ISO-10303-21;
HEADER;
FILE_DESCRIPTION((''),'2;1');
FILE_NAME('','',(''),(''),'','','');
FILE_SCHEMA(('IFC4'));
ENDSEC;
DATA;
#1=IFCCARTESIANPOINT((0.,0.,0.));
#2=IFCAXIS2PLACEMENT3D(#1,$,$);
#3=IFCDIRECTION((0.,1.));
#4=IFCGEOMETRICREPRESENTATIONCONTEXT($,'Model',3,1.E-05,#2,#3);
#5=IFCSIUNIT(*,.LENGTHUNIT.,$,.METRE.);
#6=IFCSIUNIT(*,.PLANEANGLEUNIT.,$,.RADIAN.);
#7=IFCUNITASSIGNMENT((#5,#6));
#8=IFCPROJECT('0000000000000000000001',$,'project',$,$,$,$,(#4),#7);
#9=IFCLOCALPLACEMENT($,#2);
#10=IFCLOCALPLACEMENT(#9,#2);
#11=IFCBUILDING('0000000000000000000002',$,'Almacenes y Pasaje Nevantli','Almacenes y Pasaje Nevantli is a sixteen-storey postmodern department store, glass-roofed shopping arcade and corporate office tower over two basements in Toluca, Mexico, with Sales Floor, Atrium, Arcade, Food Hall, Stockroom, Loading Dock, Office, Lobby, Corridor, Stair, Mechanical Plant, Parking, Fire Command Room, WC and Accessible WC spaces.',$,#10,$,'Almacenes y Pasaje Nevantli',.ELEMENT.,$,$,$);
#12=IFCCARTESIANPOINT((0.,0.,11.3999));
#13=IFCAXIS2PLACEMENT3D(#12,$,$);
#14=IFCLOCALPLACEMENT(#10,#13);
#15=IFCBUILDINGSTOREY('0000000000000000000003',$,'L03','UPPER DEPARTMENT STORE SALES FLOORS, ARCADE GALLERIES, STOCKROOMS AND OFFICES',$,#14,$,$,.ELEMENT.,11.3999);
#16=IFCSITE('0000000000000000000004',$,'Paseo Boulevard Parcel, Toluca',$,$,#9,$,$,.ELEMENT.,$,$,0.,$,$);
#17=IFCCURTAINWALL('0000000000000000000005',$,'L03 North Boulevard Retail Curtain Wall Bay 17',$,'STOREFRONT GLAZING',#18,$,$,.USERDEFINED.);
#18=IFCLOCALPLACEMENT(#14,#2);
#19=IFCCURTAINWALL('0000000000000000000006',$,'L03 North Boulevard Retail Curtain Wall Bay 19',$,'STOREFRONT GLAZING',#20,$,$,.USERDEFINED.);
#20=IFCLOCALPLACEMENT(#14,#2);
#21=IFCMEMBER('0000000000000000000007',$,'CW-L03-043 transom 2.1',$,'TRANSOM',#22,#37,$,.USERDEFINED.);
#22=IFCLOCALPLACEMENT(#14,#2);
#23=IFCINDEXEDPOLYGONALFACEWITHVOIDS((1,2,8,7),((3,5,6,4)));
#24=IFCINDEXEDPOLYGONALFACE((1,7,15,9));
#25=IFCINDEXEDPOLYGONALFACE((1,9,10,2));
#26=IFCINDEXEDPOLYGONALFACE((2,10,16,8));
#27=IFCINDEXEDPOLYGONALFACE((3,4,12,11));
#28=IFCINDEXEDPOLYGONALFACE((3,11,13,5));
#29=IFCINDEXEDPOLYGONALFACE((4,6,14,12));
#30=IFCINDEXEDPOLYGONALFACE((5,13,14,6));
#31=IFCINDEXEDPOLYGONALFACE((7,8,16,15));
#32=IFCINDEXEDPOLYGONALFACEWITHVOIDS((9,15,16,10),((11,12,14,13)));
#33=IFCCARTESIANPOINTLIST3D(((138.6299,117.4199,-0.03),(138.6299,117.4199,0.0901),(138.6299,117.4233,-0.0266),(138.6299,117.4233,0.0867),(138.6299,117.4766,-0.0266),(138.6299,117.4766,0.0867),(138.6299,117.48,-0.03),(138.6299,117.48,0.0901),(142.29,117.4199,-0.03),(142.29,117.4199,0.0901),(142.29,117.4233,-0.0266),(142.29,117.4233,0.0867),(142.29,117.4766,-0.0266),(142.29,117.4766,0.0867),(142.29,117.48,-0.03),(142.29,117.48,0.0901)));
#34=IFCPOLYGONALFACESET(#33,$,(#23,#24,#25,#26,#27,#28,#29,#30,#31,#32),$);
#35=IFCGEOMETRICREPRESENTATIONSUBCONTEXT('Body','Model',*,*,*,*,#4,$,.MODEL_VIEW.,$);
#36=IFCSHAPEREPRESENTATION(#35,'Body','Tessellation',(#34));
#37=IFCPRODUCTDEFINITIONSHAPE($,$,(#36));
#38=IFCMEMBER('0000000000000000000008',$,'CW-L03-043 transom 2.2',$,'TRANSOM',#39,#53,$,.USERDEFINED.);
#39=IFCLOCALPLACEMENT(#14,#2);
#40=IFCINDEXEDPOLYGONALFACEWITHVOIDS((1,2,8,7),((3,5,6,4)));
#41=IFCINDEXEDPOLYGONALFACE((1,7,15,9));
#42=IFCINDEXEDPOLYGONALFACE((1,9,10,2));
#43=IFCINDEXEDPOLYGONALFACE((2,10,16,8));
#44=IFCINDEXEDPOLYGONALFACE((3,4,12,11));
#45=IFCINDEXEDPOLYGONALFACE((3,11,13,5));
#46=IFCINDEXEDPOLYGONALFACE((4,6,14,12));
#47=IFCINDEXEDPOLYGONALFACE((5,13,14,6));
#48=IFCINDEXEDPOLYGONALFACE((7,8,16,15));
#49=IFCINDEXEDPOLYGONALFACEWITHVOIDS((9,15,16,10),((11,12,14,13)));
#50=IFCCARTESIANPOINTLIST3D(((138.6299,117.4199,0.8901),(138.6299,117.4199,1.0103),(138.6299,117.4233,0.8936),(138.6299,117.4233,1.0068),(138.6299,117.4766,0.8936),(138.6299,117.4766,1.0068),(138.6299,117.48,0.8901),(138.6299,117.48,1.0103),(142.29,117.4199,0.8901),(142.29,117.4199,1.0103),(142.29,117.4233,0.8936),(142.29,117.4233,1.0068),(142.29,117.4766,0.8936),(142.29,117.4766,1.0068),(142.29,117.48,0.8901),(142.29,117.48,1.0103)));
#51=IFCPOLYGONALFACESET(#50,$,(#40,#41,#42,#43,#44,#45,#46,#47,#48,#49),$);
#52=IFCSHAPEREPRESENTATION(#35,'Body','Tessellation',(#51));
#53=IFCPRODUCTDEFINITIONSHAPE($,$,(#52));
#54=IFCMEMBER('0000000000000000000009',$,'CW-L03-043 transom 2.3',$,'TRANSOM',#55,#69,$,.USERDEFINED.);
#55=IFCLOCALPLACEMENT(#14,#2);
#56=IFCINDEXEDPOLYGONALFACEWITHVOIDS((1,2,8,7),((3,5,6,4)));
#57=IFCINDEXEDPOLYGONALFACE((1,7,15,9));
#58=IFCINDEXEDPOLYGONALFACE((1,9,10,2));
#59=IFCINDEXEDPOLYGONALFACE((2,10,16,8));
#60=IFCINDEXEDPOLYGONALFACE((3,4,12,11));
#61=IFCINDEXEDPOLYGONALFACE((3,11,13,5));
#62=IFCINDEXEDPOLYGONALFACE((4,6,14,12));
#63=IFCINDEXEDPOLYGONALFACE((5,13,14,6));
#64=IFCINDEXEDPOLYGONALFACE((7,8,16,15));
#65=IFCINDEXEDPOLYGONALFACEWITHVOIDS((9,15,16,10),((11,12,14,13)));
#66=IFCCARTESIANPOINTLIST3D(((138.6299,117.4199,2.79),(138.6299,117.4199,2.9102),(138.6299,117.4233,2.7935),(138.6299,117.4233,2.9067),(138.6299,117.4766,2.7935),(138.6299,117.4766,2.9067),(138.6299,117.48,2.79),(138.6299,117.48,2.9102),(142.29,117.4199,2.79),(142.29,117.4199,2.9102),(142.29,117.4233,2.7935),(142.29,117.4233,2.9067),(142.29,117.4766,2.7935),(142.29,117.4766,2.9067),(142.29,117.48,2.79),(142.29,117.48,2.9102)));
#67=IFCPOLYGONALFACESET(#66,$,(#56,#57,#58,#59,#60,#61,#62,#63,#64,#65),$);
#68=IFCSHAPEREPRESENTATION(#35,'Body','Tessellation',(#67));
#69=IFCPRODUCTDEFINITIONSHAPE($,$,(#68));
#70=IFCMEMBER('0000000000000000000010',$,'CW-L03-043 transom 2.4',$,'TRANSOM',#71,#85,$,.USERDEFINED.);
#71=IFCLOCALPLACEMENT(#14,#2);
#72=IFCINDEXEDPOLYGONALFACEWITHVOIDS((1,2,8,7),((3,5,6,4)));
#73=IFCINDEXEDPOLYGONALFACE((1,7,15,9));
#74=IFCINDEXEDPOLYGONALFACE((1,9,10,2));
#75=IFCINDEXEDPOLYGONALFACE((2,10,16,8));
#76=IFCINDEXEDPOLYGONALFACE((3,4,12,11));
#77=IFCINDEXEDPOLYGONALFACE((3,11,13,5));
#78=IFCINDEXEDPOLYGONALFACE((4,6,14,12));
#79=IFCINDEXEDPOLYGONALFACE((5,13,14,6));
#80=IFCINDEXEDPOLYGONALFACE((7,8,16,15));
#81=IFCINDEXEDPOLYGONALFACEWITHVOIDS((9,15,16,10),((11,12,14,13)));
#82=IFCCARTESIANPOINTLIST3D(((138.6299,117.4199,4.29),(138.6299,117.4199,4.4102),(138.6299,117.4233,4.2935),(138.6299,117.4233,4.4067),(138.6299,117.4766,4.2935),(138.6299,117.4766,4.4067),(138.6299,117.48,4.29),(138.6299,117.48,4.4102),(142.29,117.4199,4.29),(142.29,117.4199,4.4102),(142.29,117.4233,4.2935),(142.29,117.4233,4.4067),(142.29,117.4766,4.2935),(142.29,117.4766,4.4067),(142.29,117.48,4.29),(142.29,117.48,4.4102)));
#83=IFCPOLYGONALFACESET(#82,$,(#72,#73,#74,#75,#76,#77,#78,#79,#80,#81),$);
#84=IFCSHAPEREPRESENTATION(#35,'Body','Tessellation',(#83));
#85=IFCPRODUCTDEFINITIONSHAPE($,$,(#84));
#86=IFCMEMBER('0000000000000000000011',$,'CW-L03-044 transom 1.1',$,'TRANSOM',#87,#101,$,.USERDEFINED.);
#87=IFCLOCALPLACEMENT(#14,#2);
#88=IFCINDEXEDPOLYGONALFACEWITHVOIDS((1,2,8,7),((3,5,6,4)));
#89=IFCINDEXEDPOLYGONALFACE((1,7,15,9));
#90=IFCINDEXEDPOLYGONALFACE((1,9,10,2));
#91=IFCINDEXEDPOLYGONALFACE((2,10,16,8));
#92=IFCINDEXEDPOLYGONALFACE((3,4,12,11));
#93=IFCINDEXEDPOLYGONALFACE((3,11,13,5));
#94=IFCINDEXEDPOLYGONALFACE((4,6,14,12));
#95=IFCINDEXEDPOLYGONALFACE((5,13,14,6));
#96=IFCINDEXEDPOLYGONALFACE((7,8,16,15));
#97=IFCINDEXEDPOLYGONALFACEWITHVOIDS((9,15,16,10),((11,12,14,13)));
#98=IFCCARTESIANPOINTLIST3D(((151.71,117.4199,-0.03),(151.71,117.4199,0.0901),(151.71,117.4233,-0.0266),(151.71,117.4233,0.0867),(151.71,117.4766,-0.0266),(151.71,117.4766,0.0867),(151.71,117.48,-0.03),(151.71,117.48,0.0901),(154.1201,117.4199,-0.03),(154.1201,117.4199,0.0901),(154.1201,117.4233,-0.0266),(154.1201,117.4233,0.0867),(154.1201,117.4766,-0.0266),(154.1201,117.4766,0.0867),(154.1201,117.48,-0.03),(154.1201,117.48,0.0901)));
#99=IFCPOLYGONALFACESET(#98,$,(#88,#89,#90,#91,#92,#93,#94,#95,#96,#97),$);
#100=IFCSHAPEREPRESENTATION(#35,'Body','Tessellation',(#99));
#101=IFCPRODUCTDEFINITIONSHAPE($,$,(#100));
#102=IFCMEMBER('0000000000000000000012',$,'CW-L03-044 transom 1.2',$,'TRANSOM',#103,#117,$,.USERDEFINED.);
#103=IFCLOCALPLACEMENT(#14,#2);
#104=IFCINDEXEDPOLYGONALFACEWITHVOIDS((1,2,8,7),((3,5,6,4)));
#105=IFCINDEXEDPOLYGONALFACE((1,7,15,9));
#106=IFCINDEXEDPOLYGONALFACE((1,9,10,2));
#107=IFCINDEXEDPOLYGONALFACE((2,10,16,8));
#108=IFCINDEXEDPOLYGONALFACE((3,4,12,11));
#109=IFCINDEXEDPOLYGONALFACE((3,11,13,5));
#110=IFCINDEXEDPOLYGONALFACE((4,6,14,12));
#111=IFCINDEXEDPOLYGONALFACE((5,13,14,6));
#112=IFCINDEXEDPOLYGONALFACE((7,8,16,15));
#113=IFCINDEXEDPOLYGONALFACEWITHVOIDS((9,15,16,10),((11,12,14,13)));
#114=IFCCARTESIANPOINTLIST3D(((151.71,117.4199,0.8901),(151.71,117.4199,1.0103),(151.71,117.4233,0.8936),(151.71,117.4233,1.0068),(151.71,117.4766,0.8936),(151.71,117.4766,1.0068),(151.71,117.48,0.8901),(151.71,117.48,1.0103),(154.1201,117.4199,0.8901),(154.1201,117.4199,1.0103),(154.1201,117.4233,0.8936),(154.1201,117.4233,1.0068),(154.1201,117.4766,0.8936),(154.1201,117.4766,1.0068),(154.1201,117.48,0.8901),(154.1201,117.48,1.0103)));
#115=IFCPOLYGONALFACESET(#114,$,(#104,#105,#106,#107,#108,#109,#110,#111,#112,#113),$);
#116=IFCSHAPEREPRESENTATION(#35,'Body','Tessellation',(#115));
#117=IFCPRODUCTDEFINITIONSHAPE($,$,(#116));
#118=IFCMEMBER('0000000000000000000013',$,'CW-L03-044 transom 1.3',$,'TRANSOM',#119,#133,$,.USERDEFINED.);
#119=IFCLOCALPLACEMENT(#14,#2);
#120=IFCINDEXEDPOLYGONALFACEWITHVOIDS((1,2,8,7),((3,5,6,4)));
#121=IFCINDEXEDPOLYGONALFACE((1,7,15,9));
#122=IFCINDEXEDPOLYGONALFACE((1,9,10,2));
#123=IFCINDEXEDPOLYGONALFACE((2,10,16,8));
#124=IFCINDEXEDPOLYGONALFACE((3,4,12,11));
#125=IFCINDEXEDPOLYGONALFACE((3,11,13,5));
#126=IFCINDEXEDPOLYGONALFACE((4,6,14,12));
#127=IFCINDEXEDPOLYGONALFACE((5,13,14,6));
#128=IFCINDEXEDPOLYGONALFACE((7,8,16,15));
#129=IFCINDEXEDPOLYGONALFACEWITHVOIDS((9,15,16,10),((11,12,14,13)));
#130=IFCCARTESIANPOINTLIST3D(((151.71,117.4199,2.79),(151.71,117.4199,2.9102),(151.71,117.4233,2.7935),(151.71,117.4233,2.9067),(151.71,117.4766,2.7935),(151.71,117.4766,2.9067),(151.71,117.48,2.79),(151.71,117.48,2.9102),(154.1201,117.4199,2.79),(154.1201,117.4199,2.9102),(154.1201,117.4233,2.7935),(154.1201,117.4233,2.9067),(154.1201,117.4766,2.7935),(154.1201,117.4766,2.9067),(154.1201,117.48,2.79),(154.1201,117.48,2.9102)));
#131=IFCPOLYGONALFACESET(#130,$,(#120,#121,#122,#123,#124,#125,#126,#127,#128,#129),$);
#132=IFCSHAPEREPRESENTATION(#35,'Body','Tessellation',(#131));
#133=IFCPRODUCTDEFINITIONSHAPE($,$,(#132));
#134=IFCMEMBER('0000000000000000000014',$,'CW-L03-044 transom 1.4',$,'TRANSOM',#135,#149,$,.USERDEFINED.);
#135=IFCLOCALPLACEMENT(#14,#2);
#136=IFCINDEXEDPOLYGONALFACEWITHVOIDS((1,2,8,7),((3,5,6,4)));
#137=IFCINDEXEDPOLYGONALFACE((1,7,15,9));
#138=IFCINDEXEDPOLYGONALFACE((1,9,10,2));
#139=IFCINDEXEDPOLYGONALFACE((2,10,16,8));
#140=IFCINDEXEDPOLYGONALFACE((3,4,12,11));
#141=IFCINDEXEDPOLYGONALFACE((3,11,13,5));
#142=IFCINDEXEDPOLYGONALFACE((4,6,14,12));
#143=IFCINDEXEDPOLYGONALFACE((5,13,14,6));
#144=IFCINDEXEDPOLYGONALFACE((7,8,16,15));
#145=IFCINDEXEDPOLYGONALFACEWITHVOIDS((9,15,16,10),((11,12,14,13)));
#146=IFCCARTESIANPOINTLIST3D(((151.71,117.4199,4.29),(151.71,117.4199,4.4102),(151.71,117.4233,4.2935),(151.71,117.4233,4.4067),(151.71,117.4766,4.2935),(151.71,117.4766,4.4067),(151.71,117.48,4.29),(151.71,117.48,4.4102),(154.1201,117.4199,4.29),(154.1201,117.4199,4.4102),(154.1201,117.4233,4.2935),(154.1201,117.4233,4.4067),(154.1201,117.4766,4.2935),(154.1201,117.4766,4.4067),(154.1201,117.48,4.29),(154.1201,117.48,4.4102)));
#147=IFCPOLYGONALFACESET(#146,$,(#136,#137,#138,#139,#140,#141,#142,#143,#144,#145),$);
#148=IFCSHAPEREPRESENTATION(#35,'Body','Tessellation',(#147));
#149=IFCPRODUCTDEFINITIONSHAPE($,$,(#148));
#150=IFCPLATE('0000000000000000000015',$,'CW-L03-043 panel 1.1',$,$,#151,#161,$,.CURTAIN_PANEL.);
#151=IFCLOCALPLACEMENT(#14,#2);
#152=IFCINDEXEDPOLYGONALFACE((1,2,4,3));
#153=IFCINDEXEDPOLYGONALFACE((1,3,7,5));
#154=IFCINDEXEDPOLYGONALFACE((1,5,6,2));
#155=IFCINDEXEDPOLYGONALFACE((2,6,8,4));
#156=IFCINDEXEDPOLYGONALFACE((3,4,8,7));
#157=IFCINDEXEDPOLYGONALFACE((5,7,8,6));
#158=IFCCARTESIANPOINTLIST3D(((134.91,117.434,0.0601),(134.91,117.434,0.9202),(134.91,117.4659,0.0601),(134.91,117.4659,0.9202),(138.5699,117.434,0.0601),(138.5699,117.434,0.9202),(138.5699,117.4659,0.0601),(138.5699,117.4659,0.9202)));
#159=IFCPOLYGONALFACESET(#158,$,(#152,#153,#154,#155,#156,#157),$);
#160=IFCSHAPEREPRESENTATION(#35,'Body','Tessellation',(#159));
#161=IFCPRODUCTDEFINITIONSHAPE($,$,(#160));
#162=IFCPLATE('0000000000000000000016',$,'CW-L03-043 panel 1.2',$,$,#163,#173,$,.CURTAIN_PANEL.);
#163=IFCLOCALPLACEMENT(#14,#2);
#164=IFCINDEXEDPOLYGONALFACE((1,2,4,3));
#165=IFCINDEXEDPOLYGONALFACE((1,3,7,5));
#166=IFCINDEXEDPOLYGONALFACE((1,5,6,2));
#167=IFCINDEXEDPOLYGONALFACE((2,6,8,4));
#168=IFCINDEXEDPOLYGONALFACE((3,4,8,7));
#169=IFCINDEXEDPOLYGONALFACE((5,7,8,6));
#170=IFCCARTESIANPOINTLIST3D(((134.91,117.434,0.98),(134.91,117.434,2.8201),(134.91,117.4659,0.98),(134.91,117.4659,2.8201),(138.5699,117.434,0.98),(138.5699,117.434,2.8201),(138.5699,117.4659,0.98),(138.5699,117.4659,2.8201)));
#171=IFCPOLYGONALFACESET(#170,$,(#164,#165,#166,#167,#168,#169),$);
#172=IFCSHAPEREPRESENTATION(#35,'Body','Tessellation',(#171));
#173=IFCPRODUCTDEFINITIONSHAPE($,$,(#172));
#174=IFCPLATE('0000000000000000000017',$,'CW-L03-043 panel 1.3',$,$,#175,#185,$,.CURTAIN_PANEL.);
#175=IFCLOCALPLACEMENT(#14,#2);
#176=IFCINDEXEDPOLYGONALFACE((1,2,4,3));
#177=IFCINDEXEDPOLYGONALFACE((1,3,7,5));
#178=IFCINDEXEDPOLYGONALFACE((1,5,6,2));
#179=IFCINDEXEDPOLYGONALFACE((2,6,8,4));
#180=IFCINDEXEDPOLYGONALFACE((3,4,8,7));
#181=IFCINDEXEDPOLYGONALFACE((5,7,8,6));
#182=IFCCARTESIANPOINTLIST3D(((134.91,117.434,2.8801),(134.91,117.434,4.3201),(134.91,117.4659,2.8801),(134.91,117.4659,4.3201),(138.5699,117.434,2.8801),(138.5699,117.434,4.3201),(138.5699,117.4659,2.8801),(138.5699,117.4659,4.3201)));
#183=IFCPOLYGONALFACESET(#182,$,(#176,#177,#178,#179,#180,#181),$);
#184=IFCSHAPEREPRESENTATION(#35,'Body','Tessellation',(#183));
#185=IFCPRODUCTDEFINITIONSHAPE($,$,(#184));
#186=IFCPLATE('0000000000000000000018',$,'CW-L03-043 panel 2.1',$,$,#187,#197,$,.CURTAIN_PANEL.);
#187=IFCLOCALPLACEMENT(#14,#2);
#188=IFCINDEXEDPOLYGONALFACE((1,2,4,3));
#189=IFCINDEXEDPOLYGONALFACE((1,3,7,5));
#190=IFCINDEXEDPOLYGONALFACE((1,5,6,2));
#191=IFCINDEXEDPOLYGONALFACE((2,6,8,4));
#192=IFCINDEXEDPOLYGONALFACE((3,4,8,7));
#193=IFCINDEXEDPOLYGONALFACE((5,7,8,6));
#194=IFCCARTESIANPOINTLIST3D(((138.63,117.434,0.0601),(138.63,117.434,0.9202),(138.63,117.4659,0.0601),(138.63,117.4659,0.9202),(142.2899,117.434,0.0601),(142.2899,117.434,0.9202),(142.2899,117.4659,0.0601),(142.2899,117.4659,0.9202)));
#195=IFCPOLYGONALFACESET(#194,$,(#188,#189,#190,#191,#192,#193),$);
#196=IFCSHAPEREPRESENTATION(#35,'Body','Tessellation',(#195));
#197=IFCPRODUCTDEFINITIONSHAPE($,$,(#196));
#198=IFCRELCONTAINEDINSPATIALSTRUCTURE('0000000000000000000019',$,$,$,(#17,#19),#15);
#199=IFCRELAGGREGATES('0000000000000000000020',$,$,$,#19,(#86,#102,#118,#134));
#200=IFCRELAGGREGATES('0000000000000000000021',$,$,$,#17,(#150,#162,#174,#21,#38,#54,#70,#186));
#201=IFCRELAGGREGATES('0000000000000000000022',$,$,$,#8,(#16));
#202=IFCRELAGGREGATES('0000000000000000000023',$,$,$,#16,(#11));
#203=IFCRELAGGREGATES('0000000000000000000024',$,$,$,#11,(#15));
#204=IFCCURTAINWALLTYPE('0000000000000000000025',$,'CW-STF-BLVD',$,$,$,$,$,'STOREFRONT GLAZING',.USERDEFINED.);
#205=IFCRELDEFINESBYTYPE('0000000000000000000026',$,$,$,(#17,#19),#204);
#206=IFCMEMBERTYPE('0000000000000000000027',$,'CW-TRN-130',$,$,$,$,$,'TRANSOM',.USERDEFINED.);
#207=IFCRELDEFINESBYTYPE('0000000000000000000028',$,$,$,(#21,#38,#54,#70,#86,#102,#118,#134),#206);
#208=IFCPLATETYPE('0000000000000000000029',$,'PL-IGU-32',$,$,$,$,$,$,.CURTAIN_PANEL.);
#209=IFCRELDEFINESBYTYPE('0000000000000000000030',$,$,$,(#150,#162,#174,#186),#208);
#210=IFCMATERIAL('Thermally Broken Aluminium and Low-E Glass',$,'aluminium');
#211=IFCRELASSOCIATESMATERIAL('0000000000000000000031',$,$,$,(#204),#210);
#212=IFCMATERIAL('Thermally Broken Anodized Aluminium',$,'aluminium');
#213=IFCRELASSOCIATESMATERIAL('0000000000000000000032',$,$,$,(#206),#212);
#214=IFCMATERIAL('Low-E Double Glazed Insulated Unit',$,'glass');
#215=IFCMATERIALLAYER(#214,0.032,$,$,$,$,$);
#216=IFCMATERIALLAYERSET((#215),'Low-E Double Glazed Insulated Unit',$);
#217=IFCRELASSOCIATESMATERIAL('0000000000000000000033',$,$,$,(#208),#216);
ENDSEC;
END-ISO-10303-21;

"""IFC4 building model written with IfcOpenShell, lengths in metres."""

from ifc_helpers import new_model, si_unit, direction, frame, origin, origin_2d, place, context, subcontext, project, spatial, rectangle, hollow_rectangle, extrude, material, layer, layer_set, material_profile, profile_set, type_object, element, aggregate, save


model = new_model("IFC4")

# Units and contexts
model_context = context("Model", 3, precision=1e-05, world=origin(), true_north=direction((0.0, 1.0)))
body_context = subcontext(model_context, "Body", "Model", "MODEL_VIEW")
ifc_project = project(units=[si_unit("LENGTHUNIT", "METRE"), si_unit("PLANEANGLEUNIT", "RADIAN")], contexts=[model_context])

# Site, building, storey
site_placement = place(None, origin())
site = spatial("IfcSite", under=ifc_project, at=site_placement, Name="Paseo Boulevard Parcel, Toluca", CompositionType="ELEMENT", RefElevation=0.0)
building_placement = place(site_placement, origin())
building = spatial("IfcBuilding", under=site, at=building_placement, Name="Almacenes y Pasaje Nevantli", Description="Almacenes y Pasaje Nevantli is a sixteen-storey postmodern department store, glass-roofed shopping arcade and corporate office tower over two basements in Toluca, Mexico, with Sales Floor, Atrium, Arcade, Food Hall, Stockroom, Loading Dock, Office, Lobby, Corridor, Stair, Mechanical Plant, Parking, Fire Command Room, WC and Accessible WC spaces.", LongName="Almacenes y Pasaje Nevantli", CompositionType="ELEMENT")
storey_placement = place(building_placement, frame((0.0, 0.0, 11.3999)))
storey = spatial("IfcBuildingStorey", under=building, at=storey_placement, Name="L03", Description="UPPER DEPARTMENT STORE SALES FLOORS, ARCADE GALLERIES, STOCKROOMS AND OFFICES", CompositionType="ELEMENT", Elevation=11.3999)

# Curtain wall
ifc_material_1 = material(Name="Thermally Broken Aluminium and Low-E Glass", Category="aluminium")
curtain_wall_type = type_object("IfcCurtainWallType", Name="CW-STF-BLVD", ElementType="STOREFRONT GLAZING", PredefinedType="USERDEFINED", material=ifc_material_1)
curtain_wall_1_placement = place(storey_placement, origin())
curtain_wall_1 = element("IfcCurtainWall", 1, at=curtain_wall_1_placement, inside=storey, type_object=curtain_wall_type, Name="L03 North Boulevard Retail Curtain Wall Bay 17", ObjectType="STOREFRONT GLAZING", PredefinedType="USERDEFINED")

# Curtain wall
curtain_wall_2_placement = place(storey_placement, origin())
curtain_wall_2 = element("IfcCurtainWall", 2, at=curtain_wall_2_placement, inside=storey, type_object=curtain_wall_type, Name="L03 North Boulevard Retail Curtain Wall Bay 19", ObjectType="STOREFRONT GLAZING", PredefinedType="USERDEFINED")

# Members
ifc_material_2 = material(Name="Thermally Broken Anodized Aluminium", Category="aluminium")
ifc_material_profile_1 = material_profile(ifc_material_2, hollow_rectangle(XDim=0.0601, YDim=0.1201, WallThickness=0.0034, at=origin_2d()), Name="ALU-TRN-60x120")
ifc_profile_set_1 = profile_set([ifc_material_profile_1], Name="Thermally Broken Anodized Aluminium")
member_type_1 = type_object("IfcMemberType", Name="CW-TRN-130", ElementType="TRANSOM", PredefinedType="USERDEFINED", material=ifc_profile_set_1)
member_1_placement = place(storey_placement, frame((138.6299, 117.45, 0.03), z_axis=(1.0, 0.0, 0.0), x_axis=(0.0, 1.0, 0.0)))
member_1 = element("IfcMember", 3, at=member_1_placement, type_object=member_type_1, Name="CW-L03-043 transom 2.1", ObjectType="TRANSOM", PredefinedType="USERDEFINED", context=body_context, shape_type="SweptSolid", body=[
    extrude(hollow_rectangle(XDim=0.0601, YDim=0.1201, WallThickness=0.0034, at=origin_2d()), origin(), (0.0, 0.0, 1.0), 3.6602),
])
member_2_placement = place(storey_placement, frame((138.6299, 117.45, 0.9502), z_axis=(1.0, 0.0, 0.0), x_axis=(0.0, 1.0, 0.0)))
member_2 = element("IfcMember", 4, at=member_2_placement, type_object=member_type_1, Name="CW-L03-043 transom 2.2", ObjectType="TRANSOM", PredefinedType="USERDEFINED", context=body_context, shape_type="SweptSolid", body=[
    extrude(hollow_rectangle(XDim=0.0601, YDim=0.1201, WallThickness=0.0034, at=origin_2d()), origin(), (0.0, 0.0, 1.0), 3.6602),
])
member_3_placement = place(storey_placement, frame((138.6299, 117.45, 2.8501), z_axis=(1.0, 0.0, 0.0), x_axis=(0.0, 1.0, 0.0)))
member_3 = element("IfcMember", 5, at=member_3_placement, type_object=member_type_1, Name="CW-L03-043 transom 2.3", ObjectType="TRANSOM", PredefinedType="USERDEFINED", context=body_context, shape_type="SweptSolid", body=[
    extrude(hollow_rectangle(XDim=0.0601, YDim=0.1201, WallThickness=0.0034, at=origin_2d()), origin(), (0.0, 0.0, 1.0), 3.6602),
])
member_4_placement = place(storey_placement, frame((138.6299, 117.45, 4.3501), z_axis=(1.0, 0.0, 0.0), x_axis=(0.0, 1.0, 0.0)))
member_4 = element("IfcMember", 6, at=member_4_placement, type_object=member_type_1, Name="CW-L03-043 transom 2.4", ObjectType="TRANSOM", PredefinedType="USERDEFINED", context=body_context, shape_type="SweptSolid", body=[
    extrude(hollow_rectangle(XDim=0.0601, YDim=0.1201, WallThickness=0.0034, at=origin_2d()), origin(), (0.0, 0.0, 1.0), 3.6602),
])
member_5_placement = place(storey_placement, frame((151.71, 117.45, 0.03), z_axis=(1.0, 0.0, 0.0), x_axis=(0.0, 1.0, 0.0)))
member_5 = element("IfcMember", 7, at=member_5_placement, type_object=member_type_1, Name="CW-L03-044 transom 1.1", ObjectType="TRANSOM", PredefinedType="USERDEFINED", context=body_context, shape_type="SweptSolid", body=[
    extrude(hollow_rectangle(XDim=0.0601, YDim=0.1201, WallThickness=0.0034, at=origin_2d()), origin(), (0.0, 0.0, 1.0), 2.4102),
])
member_6_placement = place(storey_placement, frame((151.71, 117.45, 0.9502), z_axis=(1.0, 0.0, 0.0), x_axis=(0.0, 1.0, 0.0)))
member_6 = element("IfcMember", 8, at=member_6_placement, type_object=member_type_1, Name="CW-L03-044 transom 1.2", ObjectType="TRANSOM", PredefinedType="USERDEFINED", context=body_context, shape_type="SweptSolid", body=[
    extrude(hollow_rectangle(XDim=0.0601, YDim=0.1201, WallThickness=0.0034, at=origin_2d()), origin(), (0.0, 0.0, 1.0), 2.4102),
])
member_7_placement = place(storey_placement, frame((151.71, 117.45, 2.8501), z_axis=(1.0, 0.0, 0.0), x_axis=(0.0, 1.0, 0.0)))
member_7 = element("IfcMember", 9, at=member_7_placement, type_object=member_type_1, Name="CW-L03-044 transom 1.3", ObjectType="TRANSOM", PredefinedType="USERDEFINED", context=body_context, shape_type="SweptSolid", body=[
    extrude(hollow_rectangle(XDim=0.0601, YDim=0.1201, WallThickness=0.0034, at=origin_2d()), origin(), (0.0, 0.0, 1.0), 2.4102),
])
member_8_placement = place(storey_placement, frame((151.71, 117.45, 4.3501), z_axis=(1.0, 0.0, 0.0), x_axis=(0.0, 1.0, 0.0)))
member_8 = element("IfcMember", 10, at=member_8_placement, type_object=member_type_1, Name="CW-L03-044 transom 1.4", ObjectType="TRANSOM", PredefinedType="USERDEFINED", context=body_context, shape_type="SweptSolid", body=[
    extrude(hollow_rectangle(XDim=0.0601, YDim=0.1201, WallThickness=0.0034, at=origin_2d()), origin(), (0.0, 0.0, 1.0), 2.4102),
])
aggregate(curtain_wall_2, [member_5, member_6, member_7, member_8])

# Plates
ifc_material_3 = material(Name="Low-E Double Glazed Insulated Unit", Category="glass")
ifc_layer_1 = layer(ifc_material_3, 0.032)
ifc_layer_set_1 = layer_set([ifc_layer_1], Name="Low-E Double Glazed Insulated Unit")
plate_type = type_object("IfcPlateType", Name="PL-IGU-32", PredefinedType="CURTAIN_PANEL", material=ifc_layer_set_1)
plate_1_placement = place(storey_placement, frame((136.74, 117.45, 0.0601), z_axis=(0.0, 0.0, 1.0), x_axis=(1.0, 0.0, 0.0)))
plate_1 = element("IfcPlate", 11, at=plate_1_placement, type_object=plate_type, Name="CW-L03-043 panel 1.1", PredefinedType="CURTAIN_PANEL", context=body_context, shape_type="SweptSolid", body=[
    extrude(rectangle(XDim=3.6599, YDim=0.032, at=origin_2d()), origin(), (0.0, 0.0, 1.0), 0.8601),
])
plate_2_placement = place(storey_placement, frame((136.74, 117.45, 0.98), z_axis=(0.0, 0.0, 1.0), x_axis=(1.0, 0.0, 0.0)))
plate_2 = element("IfcPlate", 12, at=plate_2_placement, type_object=plate_type, Name="CW-L03-043 panel 1.2", PredefinedType="CURTAIN_PANEL", context=body_context, shape_type="SweptSolid", body=[
    extrude(rectangle(XDim=3.6599, YDim=0.032, at=origin_2d()), origin(), (0.0, 0.0, 1.0), 1.8401),
])
plate_3_placement = place(storey_placement, frame((136.74, 117.45, 2.8801), z_axis=(0.0, 0.0, 1.0), x_axis=(1.0, 0.0, 0.0)))
plate_3 = element("IfcPlate", 13, at=plate_3_placement, type_object=plate_type, Name="CW-L03-043 panel 1.3", PredefinedType="CURTAIN_PANEL", context=body_context, shape_type="SweptSolid", body=[
    extrude(rectangle(XDim=3.6599, YDim=0.032, at=origin_2d()), origin(), (0.0, 0.0, 1.0), 1.4399),
])
plate_4_placement = place(storey_placement, frame((140.46, 117.45, 0.0601), z_axis=(0.0, 0.0, 1.0), x_axis=(1.0, 0.0, 0.0)))
plate_4 = element("IfcPlate", 14, at=plate_4_placement, type_object=plate_type, Name="CW-L03-043 panel 2.1", PredefinedType="CURTAIN_PANEL", context=body_context, shape_type="SweptSolid", body=[
    extrude(rectangle(XDim=3.6599, YDim=0.032, at=origin_2d()), origin(), (0.0, 0.0, 1.0), 0.8601),
])
aggregate(curtain_wall_1, [plate_1, plate_2, plate_3, member_1, member_2, member_3, member_4, plate_4])

save(model, "model.ifc")
